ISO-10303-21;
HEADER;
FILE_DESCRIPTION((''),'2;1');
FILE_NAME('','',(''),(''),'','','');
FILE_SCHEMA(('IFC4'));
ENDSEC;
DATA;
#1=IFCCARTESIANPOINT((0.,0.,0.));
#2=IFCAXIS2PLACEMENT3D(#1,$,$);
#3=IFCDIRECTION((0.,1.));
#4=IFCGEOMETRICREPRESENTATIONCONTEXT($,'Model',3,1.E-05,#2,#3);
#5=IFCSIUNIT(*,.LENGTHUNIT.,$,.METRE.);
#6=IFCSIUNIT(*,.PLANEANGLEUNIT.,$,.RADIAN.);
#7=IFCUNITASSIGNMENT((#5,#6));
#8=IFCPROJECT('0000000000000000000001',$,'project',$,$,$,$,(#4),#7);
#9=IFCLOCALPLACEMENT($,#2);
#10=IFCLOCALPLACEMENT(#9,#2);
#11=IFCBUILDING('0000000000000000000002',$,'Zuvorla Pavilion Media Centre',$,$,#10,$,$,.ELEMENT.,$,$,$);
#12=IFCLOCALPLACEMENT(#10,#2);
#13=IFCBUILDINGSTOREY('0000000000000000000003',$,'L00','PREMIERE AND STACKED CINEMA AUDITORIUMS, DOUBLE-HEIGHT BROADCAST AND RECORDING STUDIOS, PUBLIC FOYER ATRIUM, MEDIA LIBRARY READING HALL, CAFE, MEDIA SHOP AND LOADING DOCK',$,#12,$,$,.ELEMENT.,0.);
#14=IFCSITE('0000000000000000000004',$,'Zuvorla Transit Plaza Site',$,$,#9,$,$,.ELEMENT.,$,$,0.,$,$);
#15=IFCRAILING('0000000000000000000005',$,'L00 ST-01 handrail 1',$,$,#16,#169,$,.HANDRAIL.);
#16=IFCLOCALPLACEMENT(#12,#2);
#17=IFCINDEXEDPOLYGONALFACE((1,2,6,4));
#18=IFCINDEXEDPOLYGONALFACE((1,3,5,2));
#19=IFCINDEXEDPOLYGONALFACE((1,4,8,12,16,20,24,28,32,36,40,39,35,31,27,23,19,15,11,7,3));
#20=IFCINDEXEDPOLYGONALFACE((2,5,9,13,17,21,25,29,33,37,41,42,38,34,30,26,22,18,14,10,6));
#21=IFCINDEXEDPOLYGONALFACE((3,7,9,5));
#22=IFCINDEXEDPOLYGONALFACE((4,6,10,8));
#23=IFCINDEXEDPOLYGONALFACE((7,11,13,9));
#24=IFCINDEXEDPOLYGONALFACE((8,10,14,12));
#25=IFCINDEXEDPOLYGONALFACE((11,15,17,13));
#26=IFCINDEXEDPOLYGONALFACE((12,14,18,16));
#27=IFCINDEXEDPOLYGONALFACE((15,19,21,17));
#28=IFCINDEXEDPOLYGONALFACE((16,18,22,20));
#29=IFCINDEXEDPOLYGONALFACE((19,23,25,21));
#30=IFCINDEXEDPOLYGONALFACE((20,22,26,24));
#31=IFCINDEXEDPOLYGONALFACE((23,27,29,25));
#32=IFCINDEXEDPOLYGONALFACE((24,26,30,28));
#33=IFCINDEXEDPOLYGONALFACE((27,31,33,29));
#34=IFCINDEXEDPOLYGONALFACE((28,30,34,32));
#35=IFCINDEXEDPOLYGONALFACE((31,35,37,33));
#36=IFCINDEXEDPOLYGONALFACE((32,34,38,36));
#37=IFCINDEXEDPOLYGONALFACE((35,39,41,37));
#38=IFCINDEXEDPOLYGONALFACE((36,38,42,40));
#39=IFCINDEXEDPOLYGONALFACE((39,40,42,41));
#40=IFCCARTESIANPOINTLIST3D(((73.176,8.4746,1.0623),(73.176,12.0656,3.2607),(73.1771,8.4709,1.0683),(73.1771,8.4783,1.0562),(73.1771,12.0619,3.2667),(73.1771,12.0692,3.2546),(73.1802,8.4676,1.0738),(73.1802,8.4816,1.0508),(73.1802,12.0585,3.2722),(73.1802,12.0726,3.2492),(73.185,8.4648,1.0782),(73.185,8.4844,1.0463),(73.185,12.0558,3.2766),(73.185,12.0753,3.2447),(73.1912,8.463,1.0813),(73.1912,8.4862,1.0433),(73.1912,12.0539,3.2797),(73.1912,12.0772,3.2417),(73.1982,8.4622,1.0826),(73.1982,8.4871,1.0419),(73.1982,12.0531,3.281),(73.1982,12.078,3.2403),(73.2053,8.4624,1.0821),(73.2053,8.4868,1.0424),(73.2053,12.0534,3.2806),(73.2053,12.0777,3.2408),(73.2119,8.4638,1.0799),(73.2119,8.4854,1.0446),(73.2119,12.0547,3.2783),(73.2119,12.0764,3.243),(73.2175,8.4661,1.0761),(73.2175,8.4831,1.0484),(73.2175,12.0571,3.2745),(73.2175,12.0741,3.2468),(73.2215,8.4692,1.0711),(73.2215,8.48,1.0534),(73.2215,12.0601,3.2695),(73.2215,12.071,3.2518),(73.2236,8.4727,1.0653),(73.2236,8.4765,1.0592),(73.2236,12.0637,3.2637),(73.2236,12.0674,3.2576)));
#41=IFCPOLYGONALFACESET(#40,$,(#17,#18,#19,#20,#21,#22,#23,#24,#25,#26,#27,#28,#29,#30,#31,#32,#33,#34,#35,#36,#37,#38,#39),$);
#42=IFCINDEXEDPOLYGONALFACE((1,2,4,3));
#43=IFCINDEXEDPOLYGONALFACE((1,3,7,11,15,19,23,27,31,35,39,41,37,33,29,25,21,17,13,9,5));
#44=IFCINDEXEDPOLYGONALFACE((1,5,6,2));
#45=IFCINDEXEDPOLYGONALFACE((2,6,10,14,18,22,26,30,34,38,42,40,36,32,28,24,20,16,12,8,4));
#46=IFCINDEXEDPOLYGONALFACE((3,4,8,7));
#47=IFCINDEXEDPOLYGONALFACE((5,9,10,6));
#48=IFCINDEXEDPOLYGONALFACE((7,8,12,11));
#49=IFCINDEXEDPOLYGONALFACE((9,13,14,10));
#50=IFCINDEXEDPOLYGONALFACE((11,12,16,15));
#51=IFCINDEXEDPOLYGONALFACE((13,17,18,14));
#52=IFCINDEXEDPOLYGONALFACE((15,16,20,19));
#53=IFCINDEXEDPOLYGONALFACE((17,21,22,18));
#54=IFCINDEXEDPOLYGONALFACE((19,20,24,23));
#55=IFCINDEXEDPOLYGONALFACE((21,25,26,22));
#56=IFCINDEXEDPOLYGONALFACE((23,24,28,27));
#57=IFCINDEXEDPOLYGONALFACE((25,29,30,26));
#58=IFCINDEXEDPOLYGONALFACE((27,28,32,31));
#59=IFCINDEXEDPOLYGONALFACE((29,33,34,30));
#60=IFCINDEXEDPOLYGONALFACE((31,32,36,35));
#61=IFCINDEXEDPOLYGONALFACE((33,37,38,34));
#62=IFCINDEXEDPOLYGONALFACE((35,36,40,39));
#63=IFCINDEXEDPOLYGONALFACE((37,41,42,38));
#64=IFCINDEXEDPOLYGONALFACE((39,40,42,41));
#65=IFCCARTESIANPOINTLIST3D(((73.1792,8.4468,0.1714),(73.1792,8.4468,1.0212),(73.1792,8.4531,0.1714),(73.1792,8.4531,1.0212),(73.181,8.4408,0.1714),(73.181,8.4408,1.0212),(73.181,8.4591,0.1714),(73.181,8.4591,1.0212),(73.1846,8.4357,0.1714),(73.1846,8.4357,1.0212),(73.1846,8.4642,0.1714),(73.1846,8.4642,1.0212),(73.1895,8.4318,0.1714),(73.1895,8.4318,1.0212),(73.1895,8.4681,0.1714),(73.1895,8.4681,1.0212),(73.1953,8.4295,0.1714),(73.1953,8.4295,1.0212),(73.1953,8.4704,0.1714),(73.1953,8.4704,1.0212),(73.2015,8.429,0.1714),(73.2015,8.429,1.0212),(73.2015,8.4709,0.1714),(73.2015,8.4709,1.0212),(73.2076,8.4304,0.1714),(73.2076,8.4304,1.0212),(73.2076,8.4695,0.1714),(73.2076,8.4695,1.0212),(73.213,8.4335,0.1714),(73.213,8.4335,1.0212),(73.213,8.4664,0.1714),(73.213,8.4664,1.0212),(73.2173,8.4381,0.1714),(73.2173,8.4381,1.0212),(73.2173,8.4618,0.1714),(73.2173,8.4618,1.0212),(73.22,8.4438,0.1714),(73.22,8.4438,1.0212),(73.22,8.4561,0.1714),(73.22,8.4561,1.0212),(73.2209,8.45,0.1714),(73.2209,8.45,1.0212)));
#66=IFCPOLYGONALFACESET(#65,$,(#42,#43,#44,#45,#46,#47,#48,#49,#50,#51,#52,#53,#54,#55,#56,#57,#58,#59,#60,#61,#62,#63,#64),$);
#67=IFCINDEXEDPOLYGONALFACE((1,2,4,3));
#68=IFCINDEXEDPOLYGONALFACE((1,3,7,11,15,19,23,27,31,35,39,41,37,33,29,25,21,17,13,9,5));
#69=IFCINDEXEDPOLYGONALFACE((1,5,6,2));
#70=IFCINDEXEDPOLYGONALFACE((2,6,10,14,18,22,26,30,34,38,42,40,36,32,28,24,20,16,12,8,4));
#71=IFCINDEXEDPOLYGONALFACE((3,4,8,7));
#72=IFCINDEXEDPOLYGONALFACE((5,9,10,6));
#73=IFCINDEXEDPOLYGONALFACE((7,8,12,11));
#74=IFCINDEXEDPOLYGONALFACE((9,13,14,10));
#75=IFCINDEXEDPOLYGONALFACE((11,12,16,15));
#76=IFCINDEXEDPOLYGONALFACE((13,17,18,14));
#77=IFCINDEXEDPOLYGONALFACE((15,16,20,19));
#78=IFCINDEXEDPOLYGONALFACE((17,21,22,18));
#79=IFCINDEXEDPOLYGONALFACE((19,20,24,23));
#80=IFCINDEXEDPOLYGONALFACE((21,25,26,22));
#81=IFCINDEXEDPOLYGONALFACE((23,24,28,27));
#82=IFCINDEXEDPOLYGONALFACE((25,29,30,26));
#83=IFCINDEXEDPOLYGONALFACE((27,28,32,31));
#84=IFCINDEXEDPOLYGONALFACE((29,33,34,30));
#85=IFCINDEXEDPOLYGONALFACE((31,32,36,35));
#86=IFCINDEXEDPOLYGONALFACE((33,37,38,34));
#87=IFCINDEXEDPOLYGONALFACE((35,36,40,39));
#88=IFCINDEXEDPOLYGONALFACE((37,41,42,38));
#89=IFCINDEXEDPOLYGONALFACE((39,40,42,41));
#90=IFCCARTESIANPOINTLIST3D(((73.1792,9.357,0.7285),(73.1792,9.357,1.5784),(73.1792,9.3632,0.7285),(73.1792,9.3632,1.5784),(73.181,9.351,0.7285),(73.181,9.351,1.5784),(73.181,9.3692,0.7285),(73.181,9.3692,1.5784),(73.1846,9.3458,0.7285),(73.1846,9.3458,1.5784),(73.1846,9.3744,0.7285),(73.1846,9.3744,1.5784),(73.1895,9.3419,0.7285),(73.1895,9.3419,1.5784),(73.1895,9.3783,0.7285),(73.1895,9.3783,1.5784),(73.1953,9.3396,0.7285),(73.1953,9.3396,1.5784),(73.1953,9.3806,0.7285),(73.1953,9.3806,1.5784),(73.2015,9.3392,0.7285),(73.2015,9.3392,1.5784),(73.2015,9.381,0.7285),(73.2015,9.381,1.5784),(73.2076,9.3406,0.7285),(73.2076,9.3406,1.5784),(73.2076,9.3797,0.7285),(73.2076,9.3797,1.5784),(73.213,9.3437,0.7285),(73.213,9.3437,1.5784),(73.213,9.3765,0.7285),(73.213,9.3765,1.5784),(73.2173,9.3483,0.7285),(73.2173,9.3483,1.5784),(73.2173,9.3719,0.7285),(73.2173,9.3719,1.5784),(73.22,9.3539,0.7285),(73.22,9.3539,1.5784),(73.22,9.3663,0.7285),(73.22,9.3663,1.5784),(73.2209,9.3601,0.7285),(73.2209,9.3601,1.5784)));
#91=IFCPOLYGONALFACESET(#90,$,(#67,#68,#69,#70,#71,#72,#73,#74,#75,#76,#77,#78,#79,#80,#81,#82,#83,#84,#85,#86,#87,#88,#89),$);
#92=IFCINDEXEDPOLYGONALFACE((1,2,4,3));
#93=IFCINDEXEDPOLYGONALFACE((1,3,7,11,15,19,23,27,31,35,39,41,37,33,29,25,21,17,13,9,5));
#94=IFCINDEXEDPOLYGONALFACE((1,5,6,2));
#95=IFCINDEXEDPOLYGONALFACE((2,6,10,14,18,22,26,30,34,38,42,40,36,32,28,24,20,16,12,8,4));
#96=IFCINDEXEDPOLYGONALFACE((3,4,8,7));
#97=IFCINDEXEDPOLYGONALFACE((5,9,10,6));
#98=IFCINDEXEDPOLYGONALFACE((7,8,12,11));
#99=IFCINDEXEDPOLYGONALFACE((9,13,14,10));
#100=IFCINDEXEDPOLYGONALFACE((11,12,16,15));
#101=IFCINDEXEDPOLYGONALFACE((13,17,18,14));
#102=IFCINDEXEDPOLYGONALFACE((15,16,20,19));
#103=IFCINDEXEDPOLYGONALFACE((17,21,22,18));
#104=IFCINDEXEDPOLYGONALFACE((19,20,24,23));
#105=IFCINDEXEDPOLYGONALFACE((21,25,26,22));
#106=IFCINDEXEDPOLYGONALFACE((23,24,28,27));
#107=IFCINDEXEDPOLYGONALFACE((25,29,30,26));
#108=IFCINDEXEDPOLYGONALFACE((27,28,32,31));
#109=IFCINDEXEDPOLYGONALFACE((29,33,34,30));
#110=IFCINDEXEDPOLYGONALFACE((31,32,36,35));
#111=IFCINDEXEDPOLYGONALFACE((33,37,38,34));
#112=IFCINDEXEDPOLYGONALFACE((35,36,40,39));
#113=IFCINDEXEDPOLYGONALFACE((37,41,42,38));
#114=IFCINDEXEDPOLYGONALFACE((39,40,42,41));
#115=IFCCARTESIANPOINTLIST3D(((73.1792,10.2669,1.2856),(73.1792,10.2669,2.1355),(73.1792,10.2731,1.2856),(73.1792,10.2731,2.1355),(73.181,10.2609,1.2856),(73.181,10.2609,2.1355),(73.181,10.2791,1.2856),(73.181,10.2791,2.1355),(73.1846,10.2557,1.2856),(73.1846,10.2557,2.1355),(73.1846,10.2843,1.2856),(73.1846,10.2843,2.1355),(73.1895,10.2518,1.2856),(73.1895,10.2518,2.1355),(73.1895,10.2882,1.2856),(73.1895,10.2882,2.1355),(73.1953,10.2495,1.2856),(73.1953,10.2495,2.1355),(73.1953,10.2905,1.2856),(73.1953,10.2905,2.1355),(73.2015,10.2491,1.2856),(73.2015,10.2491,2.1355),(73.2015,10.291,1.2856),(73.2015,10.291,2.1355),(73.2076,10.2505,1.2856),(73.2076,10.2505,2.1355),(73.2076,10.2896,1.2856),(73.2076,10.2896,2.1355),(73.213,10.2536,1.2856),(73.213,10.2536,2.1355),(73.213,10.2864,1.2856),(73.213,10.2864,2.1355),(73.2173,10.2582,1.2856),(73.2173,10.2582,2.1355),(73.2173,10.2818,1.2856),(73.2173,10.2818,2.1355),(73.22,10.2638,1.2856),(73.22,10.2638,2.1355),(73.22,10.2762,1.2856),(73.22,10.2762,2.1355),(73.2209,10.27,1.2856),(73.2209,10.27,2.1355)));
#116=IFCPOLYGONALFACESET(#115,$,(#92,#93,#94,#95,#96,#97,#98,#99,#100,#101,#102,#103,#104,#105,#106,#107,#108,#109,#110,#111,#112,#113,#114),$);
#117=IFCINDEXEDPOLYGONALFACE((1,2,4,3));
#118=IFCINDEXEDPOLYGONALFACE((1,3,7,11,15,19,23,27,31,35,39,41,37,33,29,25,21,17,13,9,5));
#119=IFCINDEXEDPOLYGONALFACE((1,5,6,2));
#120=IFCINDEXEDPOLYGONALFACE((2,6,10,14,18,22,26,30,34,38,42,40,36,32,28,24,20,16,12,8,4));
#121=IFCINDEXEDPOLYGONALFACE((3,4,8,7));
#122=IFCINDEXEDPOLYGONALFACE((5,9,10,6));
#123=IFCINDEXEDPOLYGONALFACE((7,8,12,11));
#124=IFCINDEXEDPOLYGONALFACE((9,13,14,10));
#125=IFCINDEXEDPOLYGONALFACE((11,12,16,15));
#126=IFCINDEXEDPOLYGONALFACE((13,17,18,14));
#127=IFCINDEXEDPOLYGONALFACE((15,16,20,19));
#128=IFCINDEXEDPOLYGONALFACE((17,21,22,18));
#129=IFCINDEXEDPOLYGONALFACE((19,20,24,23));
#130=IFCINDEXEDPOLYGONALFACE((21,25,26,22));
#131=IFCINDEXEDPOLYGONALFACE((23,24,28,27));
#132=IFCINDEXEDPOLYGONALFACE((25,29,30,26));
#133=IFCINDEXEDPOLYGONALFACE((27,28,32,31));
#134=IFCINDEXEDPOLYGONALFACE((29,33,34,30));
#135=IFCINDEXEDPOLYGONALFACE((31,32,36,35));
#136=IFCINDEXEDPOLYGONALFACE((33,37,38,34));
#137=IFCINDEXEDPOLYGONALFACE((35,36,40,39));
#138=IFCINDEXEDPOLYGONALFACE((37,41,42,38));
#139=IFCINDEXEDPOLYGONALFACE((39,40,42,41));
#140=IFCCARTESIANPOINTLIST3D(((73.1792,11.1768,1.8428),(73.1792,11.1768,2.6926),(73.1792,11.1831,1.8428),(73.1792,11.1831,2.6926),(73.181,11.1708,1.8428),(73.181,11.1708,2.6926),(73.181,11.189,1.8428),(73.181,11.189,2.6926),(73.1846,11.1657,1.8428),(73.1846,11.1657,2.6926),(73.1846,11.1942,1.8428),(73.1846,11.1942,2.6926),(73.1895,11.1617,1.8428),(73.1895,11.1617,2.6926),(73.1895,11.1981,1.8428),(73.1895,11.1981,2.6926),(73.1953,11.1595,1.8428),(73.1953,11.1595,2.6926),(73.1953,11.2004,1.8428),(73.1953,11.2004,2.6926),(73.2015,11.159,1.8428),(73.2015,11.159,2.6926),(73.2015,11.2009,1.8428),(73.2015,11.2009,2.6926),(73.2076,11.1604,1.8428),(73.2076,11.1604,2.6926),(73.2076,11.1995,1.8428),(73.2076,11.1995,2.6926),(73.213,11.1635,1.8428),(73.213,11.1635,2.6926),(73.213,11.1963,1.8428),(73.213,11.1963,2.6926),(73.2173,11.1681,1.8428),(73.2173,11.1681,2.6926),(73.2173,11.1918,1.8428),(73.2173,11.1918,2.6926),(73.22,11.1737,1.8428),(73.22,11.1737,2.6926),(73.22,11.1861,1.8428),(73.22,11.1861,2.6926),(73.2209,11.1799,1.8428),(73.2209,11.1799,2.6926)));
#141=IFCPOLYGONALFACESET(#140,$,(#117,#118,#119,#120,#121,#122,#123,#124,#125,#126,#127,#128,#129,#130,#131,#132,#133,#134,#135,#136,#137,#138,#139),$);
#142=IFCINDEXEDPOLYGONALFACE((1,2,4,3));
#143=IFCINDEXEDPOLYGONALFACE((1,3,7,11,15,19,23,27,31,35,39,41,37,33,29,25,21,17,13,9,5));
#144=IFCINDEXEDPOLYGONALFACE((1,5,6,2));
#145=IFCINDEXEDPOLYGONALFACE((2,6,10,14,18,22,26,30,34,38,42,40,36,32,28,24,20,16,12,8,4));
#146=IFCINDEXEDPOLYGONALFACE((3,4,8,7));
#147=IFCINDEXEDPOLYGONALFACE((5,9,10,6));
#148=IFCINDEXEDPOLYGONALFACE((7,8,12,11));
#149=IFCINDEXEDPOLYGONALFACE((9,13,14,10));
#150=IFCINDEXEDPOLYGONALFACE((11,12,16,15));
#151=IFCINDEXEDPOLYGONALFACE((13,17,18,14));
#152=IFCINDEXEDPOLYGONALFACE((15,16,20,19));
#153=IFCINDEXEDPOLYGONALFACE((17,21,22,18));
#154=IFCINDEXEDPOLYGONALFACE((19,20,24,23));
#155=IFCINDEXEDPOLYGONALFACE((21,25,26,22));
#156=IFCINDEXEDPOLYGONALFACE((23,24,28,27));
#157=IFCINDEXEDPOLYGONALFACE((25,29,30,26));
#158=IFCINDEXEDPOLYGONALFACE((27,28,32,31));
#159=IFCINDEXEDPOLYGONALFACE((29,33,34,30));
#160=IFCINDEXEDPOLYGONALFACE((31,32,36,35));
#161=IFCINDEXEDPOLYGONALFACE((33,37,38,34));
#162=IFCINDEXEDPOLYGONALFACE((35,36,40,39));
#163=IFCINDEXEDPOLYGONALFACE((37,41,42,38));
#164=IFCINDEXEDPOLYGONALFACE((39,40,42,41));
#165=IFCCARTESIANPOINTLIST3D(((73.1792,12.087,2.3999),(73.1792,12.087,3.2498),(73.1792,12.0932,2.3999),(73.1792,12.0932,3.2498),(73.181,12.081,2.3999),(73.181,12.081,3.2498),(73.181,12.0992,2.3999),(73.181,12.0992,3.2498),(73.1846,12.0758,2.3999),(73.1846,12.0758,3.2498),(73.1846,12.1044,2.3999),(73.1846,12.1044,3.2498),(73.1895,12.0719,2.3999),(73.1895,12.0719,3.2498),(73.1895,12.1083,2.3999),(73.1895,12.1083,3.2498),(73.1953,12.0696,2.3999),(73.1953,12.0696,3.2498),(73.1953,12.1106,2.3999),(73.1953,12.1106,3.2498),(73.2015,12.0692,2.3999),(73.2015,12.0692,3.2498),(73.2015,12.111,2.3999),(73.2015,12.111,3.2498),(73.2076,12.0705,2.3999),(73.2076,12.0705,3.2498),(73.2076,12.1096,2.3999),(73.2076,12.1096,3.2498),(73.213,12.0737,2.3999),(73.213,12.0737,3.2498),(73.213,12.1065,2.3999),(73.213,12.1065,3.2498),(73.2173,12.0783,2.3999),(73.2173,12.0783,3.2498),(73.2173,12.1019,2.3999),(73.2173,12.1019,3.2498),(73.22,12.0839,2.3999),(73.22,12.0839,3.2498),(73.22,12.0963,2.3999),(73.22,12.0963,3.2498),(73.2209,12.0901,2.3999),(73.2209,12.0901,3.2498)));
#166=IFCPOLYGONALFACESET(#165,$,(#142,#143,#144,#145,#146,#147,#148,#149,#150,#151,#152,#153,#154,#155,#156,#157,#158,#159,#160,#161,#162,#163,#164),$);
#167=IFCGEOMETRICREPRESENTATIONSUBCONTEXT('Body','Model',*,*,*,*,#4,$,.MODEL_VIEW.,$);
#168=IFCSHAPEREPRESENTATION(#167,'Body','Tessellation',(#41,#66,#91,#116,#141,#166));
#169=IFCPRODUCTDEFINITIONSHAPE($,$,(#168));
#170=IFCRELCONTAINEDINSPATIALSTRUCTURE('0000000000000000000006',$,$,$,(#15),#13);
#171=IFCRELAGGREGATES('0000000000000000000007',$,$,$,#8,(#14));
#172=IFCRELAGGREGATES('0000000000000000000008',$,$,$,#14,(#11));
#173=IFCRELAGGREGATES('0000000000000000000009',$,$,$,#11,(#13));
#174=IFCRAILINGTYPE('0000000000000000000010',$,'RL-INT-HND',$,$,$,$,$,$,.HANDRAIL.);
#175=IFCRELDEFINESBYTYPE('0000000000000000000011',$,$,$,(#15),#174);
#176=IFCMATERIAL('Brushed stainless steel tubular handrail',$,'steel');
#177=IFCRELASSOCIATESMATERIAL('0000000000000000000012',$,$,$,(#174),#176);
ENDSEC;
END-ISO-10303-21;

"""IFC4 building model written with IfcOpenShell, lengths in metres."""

from ifc_helpers import new_model, si_unit, direction, frame, origin, origin_2d, place, context, subcontext, project, spatial, circle, extrude, material, type_object, element, save


model = new_model("IFC4")

# Units and contexts
model_context = context("Model", 3, precision=1e-05, world=origin(), true_north=direction((0.0, 1.0)))
body_context = subcontext(model_context, "Body", "Model", "MODEL_VIEW")
ifc_project = project(units=[si_unit("LENGTHUNIT", "METRE"), si_unit("PLANEANGLEUNIT", "RADIAN")], contexts=[model_context])

# Site, building, storey
site_placement = place(None, origin())
site = spatial("IfcSite", under=ifc_project, at=site_placement, Name="Zuvorla Transit Plaza Site", CompositionType="ELEMENT", RefElevation=0.0)
building_placement = place(site_placement, origin())
building = spatial("IfcBuilding", under=site, at=building_placement, Name="Zuvorla Pavilion Media Centre", CompositionType="ELEMENT")
storey_placement = place(building_placement, origin())
storey = spatial("IfcBuildingStorey", under=building, at=storey_placement, Name="L00", Description="PREMIERE AND STACKED CINEMA AUDITORIUMS, DOUBLE-HEIGHT BROADCAST AND RECORDING STUDIOS, PUBLIC FOYER ATRIUM, MEDIA LIBRARY READING HALL, CAFE, MEDIA SHOP AND LOADING DOCK", CompositionType="ELEMENT", Elevation=0.0)

# Railing
ifc_material_1 = material(Name="Brushed stainless steel tubular handrail", Category="steel")
railing_type_1 = type_object("IfcRailingType", Name="RL-INT-HND", PredefinedType="HANDRAIL", material=ifc_material_1)
railing_1_placement = place(storey_placement, frame((73.2, 8.45, 0.1714)))
element("IfcRailing", 1, at=railing_1_placement, inside=storey, type_object=railing_type_1, Name="L00 ST-01 handrail 1", PredefinedType="HANDRAIL", context=body_context, shape_type="SweptSolid", body=[
    extrude(circle(Radius=0.0239, at=origin_2d()), frame((0.0, 0.0247, 0.8909), z_axis=(0.0, 0.852866, 0.52213), x_axis=(-1.0, 0.0, 0.0)), (0.0, 0.0, 1.0), 4.2104),
    extrude(circle(Radius=0.021, at=origin_2d()), origin(), (0.0, 0.0, 1.0), 0.8499),
    extrude(circle(Radius=0.021, at=origin_2d()), frame((0.0, 0.9102, 0.5571)), (0.0, 0.0, 1.0), 0.8499),
    extrude(circle(Radius=0.021, at=origin_2d()), frame((0.0, 1.8201, 1.1143)), (0.0, 0.0, 1.0), 0.8499),
    extrude(circle(Radius=0.021, at=origin_2d()), frame((0.0, 2.73, 1.6714)), (0.0, 0.0, 1.0), 0.8499),
    extrude(circle(Radius=0.021, at=origin_2d()), frame((0.0, 3.6401, 2.2285)), (0.0, 0.0, 1.0), 0.8499),
])

save(model, "model.ifc")
